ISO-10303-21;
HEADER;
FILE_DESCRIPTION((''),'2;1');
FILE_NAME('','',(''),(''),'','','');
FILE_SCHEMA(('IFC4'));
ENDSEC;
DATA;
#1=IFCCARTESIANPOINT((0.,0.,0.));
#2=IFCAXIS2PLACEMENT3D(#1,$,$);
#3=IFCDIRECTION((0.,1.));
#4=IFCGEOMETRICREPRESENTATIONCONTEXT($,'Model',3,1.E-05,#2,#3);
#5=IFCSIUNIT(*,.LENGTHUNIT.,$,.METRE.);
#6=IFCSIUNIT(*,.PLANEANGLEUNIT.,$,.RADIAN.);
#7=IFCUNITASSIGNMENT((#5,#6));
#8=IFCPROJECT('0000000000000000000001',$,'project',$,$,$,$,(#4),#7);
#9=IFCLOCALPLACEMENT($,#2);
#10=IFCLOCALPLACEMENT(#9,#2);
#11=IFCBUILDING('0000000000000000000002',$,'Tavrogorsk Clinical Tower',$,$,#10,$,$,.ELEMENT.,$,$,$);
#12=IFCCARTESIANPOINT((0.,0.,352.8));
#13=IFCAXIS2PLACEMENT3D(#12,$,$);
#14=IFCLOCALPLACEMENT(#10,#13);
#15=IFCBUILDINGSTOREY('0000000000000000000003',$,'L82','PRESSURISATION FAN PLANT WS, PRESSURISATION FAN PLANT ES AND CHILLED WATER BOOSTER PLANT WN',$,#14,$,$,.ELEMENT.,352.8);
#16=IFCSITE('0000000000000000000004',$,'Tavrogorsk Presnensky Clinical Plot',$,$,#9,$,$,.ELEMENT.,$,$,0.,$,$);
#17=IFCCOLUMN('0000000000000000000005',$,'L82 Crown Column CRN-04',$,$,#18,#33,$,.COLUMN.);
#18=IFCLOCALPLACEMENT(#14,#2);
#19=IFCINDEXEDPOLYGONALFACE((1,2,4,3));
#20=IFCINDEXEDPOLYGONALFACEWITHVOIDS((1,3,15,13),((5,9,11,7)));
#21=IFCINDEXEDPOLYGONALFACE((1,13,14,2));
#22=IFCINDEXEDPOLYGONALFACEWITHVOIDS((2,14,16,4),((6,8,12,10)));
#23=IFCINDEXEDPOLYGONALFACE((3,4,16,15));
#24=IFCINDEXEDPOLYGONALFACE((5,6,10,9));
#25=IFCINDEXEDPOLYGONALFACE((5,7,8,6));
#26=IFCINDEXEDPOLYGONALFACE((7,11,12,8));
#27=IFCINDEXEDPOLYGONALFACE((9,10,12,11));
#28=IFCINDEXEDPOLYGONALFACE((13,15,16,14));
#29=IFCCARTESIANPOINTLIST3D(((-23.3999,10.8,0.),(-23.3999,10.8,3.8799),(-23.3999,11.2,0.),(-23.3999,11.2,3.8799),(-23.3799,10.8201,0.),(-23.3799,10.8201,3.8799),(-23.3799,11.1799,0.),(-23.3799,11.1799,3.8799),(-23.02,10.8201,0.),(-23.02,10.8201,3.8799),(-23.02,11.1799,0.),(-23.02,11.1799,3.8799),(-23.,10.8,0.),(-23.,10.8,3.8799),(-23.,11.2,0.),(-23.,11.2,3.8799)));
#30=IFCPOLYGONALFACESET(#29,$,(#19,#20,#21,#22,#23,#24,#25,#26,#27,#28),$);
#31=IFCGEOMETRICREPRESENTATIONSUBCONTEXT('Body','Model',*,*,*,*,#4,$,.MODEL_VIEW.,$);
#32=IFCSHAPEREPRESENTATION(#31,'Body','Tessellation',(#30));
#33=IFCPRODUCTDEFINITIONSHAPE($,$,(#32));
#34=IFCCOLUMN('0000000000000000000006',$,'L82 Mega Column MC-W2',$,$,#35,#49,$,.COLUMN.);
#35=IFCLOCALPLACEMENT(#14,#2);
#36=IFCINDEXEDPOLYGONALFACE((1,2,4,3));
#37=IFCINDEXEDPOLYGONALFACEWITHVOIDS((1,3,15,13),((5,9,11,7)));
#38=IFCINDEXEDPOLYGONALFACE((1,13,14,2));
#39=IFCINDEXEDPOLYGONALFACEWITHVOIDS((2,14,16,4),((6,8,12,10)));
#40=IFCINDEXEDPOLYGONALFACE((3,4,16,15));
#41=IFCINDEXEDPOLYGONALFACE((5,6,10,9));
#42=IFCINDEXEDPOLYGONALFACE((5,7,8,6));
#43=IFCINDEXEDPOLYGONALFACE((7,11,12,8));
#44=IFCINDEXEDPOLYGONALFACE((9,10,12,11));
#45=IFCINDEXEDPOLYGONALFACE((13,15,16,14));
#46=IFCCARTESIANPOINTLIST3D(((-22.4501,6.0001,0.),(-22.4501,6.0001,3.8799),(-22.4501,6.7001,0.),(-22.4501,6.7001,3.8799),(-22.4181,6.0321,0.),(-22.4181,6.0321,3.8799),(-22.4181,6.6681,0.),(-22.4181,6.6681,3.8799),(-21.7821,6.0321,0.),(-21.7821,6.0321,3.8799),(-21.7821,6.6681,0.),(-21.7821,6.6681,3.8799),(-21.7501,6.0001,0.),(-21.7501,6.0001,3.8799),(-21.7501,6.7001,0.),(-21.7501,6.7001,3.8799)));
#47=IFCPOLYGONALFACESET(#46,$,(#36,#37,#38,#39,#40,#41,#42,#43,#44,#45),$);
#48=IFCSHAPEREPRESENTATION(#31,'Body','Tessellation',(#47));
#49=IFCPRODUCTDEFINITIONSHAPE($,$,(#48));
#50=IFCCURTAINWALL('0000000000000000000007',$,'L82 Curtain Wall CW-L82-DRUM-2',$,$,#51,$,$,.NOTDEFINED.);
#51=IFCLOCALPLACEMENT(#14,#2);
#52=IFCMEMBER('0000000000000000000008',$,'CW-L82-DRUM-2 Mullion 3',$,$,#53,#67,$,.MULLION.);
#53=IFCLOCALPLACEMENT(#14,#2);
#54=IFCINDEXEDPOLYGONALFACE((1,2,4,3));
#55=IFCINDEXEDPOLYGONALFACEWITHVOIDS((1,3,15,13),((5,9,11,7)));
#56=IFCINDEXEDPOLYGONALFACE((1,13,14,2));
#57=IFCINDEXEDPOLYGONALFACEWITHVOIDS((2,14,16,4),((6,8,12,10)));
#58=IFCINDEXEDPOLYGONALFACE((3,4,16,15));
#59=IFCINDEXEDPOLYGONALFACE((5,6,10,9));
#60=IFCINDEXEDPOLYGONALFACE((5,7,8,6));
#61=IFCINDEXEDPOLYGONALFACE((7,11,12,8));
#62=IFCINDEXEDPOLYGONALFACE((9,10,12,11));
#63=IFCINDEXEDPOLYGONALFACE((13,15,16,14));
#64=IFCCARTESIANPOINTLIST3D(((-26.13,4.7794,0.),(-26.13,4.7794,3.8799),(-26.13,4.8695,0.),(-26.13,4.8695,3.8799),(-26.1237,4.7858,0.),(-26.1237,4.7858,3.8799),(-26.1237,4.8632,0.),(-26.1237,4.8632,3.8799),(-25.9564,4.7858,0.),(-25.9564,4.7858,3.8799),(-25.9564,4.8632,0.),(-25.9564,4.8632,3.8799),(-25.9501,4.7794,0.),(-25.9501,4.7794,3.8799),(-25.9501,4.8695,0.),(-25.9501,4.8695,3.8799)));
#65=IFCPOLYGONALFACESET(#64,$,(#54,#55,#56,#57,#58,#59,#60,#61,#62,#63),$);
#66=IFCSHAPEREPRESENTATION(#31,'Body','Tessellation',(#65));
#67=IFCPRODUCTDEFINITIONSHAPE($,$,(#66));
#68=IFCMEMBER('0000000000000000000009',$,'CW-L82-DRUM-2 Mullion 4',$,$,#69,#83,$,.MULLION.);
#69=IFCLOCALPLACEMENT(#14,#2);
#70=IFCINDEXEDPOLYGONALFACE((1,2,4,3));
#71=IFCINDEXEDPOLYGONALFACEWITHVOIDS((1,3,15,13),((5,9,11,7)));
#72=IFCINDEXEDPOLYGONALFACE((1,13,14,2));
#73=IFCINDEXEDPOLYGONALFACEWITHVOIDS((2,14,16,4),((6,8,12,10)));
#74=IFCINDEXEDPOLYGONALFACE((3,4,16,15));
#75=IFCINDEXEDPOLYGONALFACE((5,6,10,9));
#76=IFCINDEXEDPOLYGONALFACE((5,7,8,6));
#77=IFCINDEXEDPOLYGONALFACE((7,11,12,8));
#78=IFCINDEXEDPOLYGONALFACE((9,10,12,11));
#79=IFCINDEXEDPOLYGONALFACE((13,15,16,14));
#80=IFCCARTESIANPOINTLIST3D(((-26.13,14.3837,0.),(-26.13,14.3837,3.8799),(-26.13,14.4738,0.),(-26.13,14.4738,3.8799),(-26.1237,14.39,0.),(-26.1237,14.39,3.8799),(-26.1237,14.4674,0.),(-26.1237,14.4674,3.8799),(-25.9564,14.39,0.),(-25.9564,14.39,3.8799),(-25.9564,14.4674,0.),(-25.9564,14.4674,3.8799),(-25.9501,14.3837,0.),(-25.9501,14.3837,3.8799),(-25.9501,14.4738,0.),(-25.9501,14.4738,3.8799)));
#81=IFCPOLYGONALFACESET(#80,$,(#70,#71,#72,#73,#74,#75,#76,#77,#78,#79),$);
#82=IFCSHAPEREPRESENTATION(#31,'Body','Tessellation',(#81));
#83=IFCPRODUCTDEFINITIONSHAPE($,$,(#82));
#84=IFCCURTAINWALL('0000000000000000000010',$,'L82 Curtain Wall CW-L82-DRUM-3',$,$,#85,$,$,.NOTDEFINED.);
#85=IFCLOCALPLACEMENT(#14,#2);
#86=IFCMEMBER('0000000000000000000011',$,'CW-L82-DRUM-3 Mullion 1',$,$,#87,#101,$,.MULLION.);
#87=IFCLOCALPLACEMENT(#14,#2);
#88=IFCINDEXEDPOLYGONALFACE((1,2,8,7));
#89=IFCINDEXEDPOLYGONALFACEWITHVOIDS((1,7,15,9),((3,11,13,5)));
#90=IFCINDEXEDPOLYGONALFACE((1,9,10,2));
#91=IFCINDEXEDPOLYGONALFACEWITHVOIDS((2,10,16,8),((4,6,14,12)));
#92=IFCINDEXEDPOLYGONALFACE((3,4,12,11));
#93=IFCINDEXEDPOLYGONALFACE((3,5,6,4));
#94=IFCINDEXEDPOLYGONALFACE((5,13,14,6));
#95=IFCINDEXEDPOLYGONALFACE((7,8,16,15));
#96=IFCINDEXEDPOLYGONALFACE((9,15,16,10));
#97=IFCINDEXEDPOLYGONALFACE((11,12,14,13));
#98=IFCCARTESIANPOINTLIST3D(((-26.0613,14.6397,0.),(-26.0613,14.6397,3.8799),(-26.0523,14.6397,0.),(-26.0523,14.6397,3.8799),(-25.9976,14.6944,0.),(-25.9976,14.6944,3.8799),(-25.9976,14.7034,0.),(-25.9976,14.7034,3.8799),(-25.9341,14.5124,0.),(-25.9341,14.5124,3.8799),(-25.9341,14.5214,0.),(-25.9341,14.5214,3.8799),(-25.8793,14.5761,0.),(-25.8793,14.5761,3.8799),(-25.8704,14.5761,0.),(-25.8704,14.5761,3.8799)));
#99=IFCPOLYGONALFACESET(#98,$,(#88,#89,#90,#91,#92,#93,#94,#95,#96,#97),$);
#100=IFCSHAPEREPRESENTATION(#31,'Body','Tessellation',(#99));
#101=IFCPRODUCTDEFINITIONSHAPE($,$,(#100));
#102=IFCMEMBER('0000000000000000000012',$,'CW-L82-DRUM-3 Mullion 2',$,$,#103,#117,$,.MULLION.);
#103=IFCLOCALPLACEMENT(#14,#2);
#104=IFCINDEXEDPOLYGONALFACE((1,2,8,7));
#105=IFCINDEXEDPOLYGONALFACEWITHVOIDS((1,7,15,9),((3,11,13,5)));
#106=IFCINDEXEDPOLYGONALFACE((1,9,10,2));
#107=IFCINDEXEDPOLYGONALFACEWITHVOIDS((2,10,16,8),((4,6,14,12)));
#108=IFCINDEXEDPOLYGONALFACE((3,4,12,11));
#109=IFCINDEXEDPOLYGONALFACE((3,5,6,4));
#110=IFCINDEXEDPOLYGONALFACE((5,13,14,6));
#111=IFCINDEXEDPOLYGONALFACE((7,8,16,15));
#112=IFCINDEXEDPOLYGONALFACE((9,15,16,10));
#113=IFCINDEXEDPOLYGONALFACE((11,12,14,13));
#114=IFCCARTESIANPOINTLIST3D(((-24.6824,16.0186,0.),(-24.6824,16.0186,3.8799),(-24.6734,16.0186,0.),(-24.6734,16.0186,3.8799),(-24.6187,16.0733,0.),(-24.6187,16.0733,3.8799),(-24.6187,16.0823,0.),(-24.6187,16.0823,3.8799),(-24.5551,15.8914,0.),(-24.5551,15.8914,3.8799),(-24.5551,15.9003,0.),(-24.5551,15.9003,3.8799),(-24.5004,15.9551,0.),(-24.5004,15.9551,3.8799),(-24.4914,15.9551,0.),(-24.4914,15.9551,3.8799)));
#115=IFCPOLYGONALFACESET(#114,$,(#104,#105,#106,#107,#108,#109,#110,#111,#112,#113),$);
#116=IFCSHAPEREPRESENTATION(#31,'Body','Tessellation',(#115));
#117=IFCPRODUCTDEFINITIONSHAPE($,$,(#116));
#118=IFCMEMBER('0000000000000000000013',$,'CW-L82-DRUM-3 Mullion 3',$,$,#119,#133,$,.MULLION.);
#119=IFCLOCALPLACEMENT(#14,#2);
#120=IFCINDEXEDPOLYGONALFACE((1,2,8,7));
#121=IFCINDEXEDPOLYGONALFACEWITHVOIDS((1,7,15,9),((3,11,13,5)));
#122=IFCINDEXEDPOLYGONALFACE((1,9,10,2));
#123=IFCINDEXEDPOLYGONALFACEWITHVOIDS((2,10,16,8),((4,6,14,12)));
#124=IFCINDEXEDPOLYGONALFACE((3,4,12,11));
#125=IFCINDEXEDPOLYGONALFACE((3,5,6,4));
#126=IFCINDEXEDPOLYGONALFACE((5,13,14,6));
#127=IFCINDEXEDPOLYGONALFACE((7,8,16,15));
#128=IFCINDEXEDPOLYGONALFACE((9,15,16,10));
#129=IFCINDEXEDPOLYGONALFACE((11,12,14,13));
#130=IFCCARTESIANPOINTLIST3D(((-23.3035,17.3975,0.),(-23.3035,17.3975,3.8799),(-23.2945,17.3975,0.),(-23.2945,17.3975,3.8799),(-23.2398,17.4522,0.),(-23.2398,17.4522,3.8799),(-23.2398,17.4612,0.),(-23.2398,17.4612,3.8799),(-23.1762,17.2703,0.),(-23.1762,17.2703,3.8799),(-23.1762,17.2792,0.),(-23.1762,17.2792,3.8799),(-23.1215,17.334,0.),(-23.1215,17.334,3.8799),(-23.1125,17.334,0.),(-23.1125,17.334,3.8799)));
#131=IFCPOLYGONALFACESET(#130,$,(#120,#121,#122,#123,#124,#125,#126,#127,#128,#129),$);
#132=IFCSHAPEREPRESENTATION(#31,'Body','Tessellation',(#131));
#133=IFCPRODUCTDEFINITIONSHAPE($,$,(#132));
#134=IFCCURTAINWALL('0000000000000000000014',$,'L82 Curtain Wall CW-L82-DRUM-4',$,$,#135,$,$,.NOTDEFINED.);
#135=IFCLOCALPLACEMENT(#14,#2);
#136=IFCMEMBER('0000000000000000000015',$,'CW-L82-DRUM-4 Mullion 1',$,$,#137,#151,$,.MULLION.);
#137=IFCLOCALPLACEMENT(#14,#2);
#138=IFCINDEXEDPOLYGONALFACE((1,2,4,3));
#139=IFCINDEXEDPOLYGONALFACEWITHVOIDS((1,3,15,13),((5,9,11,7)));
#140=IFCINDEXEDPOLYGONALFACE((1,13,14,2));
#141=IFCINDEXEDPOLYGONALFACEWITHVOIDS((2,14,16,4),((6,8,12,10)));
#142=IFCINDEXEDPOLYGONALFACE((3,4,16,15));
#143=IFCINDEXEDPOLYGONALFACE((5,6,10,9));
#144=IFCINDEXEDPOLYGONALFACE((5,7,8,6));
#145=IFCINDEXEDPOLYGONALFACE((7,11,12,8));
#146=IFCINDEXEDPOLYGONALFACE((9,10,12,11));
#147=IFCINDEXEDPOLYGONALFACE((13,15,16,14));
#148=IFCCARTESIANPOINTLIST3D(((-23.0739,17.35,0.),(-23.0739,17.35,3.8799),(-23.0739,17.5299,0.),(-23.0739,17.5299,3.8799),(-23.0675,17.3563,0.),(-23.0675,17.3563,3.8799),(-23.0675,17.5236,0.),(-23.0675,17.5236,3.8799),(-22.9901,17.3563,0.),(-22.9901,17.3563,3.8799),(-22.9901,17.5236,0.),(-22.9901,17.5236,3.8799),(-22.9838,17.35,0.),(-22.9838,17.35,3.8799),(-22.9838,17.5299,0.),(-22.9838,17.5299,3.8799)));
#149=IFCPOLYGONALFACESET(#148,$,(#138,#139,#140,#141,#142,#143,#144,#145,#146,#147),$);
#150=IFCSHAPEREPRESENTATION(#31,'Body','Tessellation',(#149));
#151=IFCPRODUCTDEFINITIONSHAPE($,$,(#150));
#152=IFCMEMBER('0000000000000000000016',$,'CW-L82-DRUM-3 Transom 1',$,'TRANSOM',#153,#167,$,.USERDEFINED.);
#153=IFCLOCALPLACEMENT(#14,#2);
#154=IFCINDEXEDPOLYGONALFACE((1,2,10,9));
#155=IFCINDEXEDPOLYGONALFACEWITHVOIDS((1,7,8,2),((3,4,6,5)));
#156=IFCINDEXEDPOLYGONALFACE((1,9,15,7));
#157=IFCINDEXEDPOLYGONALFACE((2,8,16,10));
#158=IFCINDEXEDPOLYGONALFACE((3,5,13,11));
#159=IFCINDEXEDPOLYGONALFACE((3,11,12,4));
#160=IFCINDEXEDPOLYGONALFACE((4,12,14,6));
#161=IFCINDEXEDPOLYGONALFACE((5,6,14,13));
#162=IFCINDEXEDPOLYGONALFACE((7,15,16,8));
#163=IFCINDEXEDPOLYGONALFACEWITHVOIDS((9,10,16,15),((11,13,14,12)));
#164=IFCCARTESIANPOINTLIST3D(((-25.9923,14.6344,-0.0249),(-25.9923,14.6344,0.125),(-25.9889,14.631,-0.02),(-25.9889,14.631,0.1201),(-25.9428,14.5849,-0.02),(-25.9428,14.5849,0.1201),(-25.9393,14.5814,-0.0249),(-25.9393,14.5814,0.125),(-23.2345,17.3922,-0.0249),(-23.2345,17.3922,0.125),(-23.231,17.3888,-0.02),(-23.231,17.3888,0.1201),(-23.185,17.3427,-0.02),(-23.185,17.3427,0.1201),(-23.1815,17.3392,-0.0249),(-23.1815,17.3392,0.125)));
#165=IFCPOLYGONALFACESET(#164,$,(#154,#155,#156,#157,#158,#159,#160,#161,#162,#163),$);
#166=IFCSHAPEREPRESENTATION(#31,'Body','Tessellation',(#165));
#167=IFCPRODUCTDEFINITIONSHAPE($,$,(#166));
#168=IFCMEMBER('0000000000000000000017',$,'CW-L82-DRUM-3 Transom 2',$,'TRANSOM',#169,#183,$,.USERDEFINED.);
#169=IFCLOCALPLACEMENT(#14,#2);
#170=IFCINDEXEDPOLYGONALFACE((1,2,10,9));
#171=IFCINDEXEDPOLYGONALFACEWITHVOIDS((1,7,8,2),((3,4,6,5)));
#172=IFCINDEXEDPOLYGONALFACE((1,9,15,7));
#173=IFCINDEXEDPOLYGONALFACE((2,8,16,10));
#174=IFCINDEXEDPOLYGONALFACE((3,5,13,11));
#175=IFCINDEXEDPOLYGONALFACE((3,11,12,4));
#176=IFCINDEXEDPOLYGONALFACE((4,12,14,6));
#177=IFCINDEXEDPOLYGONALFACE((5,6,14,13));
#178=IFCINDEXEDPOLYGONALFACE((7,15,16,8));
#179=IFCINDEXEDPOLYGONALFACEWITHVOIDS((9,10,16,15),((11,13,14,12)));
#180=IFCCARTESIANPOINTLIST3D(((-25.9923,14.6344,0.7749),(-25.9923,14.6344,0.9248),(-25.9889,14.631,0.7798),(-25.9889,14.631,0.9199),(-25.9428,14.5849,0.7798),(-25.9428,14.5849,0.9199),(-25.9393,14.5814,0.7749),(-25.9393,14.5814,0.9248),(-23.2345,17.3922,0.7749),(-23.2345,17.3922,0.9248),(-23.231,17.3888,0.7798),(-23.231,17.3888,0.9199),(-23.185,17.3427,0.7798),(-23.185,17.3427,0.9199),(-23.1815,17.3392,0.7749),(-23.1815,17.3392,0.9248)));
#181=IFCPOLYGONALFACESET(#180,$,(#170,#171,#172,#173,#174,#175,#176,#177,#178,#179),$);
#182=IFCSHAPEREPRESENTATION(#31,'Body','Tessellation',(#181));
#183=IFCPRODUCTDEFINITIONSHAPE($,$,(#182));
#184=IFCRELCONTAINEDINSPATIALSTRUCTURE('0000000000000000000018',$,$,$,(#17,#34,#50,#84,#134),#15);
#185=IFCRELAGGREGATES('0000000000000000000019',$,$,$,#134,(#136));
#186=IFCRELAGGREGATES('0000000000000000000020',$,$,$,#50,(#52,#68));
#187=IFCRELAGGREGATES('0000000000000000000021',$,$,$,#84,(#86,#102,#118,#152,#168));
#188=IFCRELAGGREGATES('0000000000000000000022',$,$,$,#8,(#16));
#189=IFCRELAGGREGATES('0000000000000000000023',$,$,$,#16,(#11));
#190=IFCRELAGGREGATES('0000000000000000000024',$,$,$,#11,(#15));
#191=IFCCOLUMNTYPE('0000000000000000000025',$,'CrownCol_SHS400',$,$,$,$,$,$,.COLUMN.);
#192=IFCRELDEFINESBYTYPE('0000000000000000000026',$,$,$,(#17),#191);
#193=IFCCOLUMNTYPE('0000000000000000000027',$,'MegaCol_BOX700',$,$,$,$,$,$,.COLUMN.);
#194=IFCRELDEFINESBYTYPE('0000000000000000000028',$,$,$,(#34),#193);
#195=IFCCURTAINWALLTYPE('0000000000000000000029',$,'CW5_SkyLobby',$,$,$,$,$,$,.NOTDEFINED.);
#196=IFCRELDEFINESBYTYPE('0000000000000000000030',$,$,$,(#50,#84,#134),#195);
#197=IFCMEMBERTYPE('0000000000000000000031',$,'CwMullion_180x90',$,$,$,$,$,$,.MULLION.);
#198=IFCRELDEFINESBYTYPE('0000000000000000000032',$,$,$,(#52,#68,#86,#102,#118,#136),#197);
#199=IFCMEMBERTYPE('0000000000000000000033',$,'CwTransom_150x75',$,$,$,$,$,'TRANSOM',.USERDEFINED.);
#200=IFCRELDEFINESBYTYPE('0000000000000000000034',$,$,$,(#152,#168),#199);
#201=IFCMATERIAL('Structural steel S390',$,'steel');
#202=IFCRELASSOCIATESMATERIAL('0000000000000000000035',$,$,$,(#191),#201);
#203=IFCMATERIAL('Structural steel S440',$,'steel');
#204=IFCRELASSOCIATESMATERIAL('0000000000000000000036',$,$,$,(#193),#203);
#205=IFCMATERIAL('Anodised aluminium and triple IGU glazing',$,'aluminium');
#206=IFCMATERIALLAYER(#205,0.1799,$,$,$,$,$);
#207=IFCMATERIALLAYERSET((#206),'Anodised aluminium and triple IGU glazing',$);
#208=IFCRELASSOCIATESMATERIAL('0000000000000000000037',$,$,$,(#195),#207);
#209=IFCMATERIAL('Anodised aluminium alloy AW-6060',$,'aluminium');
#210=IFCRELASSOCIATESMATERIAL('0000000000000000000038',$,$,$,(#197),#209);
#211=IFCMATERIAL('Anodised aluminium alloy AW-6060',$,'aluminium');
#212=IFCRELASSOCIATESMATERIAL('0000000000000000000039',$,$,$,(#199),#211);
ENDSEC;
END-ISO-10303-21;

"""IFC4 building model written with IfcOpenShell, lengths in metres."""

from ifc_helpers import new_model, si_unit, direction, frame, origin, origin_2d, place, context, subcontext, project, spatial, hollow_rectangle, extrude, material, layer, layer_set, material_profile, profile_set, type_object, element, aggregate, save


model = new_model("IFC4")

# Units and contexts
model_context = context("Model", 3, precision=1e-05, world=origin(), true_north=direction((0.0, 1.0)))
body_context = subcontext(model_context, "Body", "Model", "MODEL_VIEW")
ifc_project = project(units=[si_unit("LENGTHUNIT", "METRE"), si_unit("PLANEANGLEUNIT", "RADIAN")], contexts=[model_context])

# Site, building, storey
site_placement = place(None, origin())
site = spatial("IfcSite", under=ifc_project, at=site_placement, Name="Tavrogorsk Presnensky Clinical Plot", CompositionType="ELEMENT", RefElevation=0.0)
building_placement = place(site_placement, origin())
building = spatial("IfcBuilding", under=site, at=building_placement, Name="Tavrogorsk Clinical Tower", CompositionType="ELEMENT")
storey_placement = place(building_placement, frame((0.0, 0.0, 352.8)))
storey = spatial("IfcBuildingStorey", under=building, at=storey_placement, Name="L82", Description="PRESSURISATION FAN PLANT WS, PRESSURISATION FAN PLANT ES AND CHILLED WATER BOOSTER PLANT WN", CompositionType="ELEMENT", Elevation=352.8)

# Columns
ifc_material_1 = material(Name="Structural steel S390", Category="steel")
ifc_material_profile_1 = material_profile(ifc_material_1, hollow_rectangle(XDim=0.3999, YDim=0.3999, WallThickness=0.02, at=origin_2d()), Name="SHS-400x400x20")
ifc_profile_set_1 = profile_set([ifc_material_profile_1], Name="Structural steel S390")
column_type_1 = type_object("IfcColumnType", Name="CrownCol_SHS400", PredefinedType="COLUMN", material=ifc_profile_set_1)
column_1_placement = place(storey_placement, frame((-23.2, 11.0, 0.0), z_axis=(0.0, 0.0, 1.0), x_axis=(1.0, 0.0, 0.0)))
element("IfcColumn", 1, at=column_1_placement, inside=storey, type_object=column_type_1, Name="L82 Crown Column CRN-04", PredefinedType="COLUMN", context=body_context, shape_type="SweptSolid", body=[
    extrude(hollow_rectangle(XDim=0.3999, YDim=0.3999, WallThickness=0.02, at=origin_2d()), origin(), (0.0, 0.0, 1.0), 3.8799),
])
ifc_material_2 = material(Name="Structural steel S440", Category="steel")
ifc_material_profile_2 = material_profile(ifc_material_2, hollow_rectangle(XDim=0.7, YDim=0.7, WallThickness=0.032, at=origin_2d()), Name="BOX-700x700x32")
ifc_profile_set_2 = profile_set([ifc_material_profile_2], Name="Structural steel S440")
column_type_2 = type_object("IfcColumnType", Name="MegaCol_BOX700", PredefinedType="COLUMN", material=ifc_profile_set_2)
column_2_placement = place(storey_placement, frame((-22.1001, 6.3501, 0.0), z_axis=(0.0, 0.0, 1.0), x_axis=(1.0, 0.0, 0.0)))
element("IfcColumn", 2, at=column_2_placement, inside=storey, type_object=column_type_2, Name="L82 Mega Column MC-W2", PredefinedType="COLUMN", context=body_context, shape_type="SweptSolid", body=[
    extrude(hollow_rectangle(XDim=0.7, YDim=0.7, WallThickness=0.032, at=origin_2d()), origin(), (0.0, 0.0, 1.0), 3.8799),
])

# Curtain walls, members
ifc_material_3 = material(Name="Anodised aluminium and triple IGU glazing", Category="aluminium")
ifc_layer_1 = layer(ifc_material_3, 0.1799)
ifc_layer_set_1 = layer_set([ifc_layer_1], Name="Anodised aluminium and triple IGU glazing")
curtain_wall_type = type_object("IfcCurtainWallType", Name="CW5_SkyLobby", PredefinedType="NOTDEFINED", material=ifc_layer_set_1)
curtain_wall_1_placement = place(storey_placement, origin())
curtain_wall_1 = element("IfcCurtainWall", 3, at=curtain_wall_1_placement, inside=storey, type_object=curtain_wall_type, Name="L82 Curtain Wall CW-L82-DRUM-2", PredefinedType="NOTDEFINED")
ifc_material_4 = material(Name="Anodised aluminium alloy AW-6060", Category="aluminium")
ifc_material_profile_3 = material_profile(ifc_material_4, hollow_rectangle(XDim=0.0901, YDim=0.1799, WallThickness=0.0063, at=origin_2d()), Name="RHS-180x90x6.3")
ifc_profile_set_3 = profile_set([ifc_material_profile_3], Name="Anodised aluminium alloy AW-6060")
member_type_1 = type_object("IfcMemberType", Name="CwMullion_180x90", PredefinedType="MULLION", material=ifc_profile_set_3)
member_1_placement = place(storey_placement, frame((-26.04, 4.8245, 0.0), z_axis=(0.0, 0.0, 1.0), x_axis=(0.0, 1.0, 0.0)))
member_1 = element("IfcMember", 4, at=member_1_placement, type_object=member_type_1, Name="CW-L82-DRUM-2 Mullion 3", PredefinedType="MULLION", context=body_context, shape_type="SweptSolid", body=[
    extrude(hollow_rectangle(XDim=0.0901, YDim=0.1799, WallThickness=0.0063, at=origin_2d()), origin(), (0.0, 0.0, 1.0), 3.8799),
])
member_2_placement = place(storey_placement, frame((-26.04, 14.4287, 0.0), z_axis=(0.0, 0.0, 1.0), x_axis=(0.0, 1.0, 0.0)))
member_2 = element("IfcMember", 5, at=member_2_placement, type_object=member_type_1, Name="CW-L82-DRUM-2 Mullion 4", PredefinedType="MULLION", context=body_context, shape_type="SweptSolid", body=[
    extrude(hollow_rectangle(XDim=0.0901, YDim=0.1799, WallThickness=0.0063, at=origin_2d()), origin(), (0.0, 0.0, 1.0), 3.8799),
])
curtain_wall_2_placement = place(storey_placement, origin())
curtain_wall_2 = element("IfcCurtainWall", 6, at=curtain_wall_2_placement, inside=storey, type_object=curtain_wall_type, Name="L82 Curtain Wall CW-L82-DRUM-3", PredefinedType="NOTDEFINED")
member_3_placement = place(storey_placement, frame((-25.9658, 14.6079, 0.0), z_axis=(0.0, 0.0, 1.0), x_axis=(0.707107, 0.707107, 0.0)))
member_3 = element("IfcMember", 7, at=member_3_placement, type_object=member_type_1, Name="CW-L82-DRUM-3 Mullion 1", PredefinedType="MULLION", context=body_context, shape_type="SweptSolid", body=[
    extrude(hollow_rectangle(XDim=0.0901, YDim=0.1799, WallThickness=0.0063, at=origin_2d()), origin(), (0.0, 0.0, 1.0), 3.8799),
])
member_4_placement = place(storey_placement, frame((-24.5869, 15.9868, 0.0), z_axis=(0.0, 0.0, 1.0), x_axis=(0.707107, 0.707107, 0.0)))
member_4 = element("IfcMember", 8, at=member_4_placement, type_object=member_type_1, Name="CW-L82-DRUM-3 Mullion 2", PredefinedType="MULLION", context=body_context, shape_type="SweptSolid", body=[
    extrude(hollow_rectangle(XDim=0.0901, YDim=0.1799, WallThickness=0.0063, at=origin_2d()), origin(), (0.0, 0.0, 1.0), 3.8799),
])
member_5_placement = place(storey_placement, frame((-23.208, 17.3657, 0.0), z_axis=(0.0, 0.0, 1.0), x_axis=(0.707107, 0.707107, 0.0)))
member_5 = element("IfcMember", 9, at=member_5_placement, type_object=member_type_1, Name="CW-L82-DRUM-3 Mullion 3", PredefinedType="MULLION", context=body_context, shape_type="SweptSolid", body=[
    extrude(hollow_rectangle(XDim=0.0901, YDim=0.1799, WallThickness=0.0063, at=origin_2d()), origin(), (0.0, 0.0, 1.0), 3.8799),
])

# Curtain wall, member
curtain_wall_3_placement = place(storey_placement, origin())
curtain_wall_3 = element("IfcCurtainWall", 10, at=curtain_wall_3_placement, inside=storey, type_object=curtain_wall_type, Name="L82 Curtain Wall CW-L82-DRUM-4", PredefinedType="NOTDEFINED")
member_6_placement = place(storey_placement, frame((-23.0288, 17.4399, 0.0), z_axis=(0.0, 0.0, 1.0), x_axis=(1.0, 0.0, 0.0)))
member_6 = element("IfcMember", 11, at=member_6_placement, type_object=member_type_1, Name="CW-L82-DRUM-4 Mullion 1", PredefinedType="MULLION", context=body_context, shape_type="SweptSolid", body=[
    extrude(hollow_rectangle(XDim=0.0901, YDim=0.1799, WallThickness=0.0063, at=origin_2d()), origin(), (0.0, 0.0, 1.0), 3.8799),
])

# Members
ifc_material_5 = material(Name="Anodised aluminium alloy AW-6060", Category="aluminium")
ifc_material_profile_4 = material_profile(ifc_material_5, hollow_rectangle(XDim=0.075, YDim=0.1499, WallThickness=0.0049, at=origin_2d()), Name="RHS-150x75x5")
ifc_profile_set_4 = profile_set([ifc_material_profile_4], Name="Anodised aluminium alloy AW-6060")
member_type_2 = type_object("IfcMemberType", Name="CwTransom_150x75", ElementType="TRANSOM", PredefinedType="USERDEFINED", material=ifc_profile_set_4)
member_7_placement = place(storey_placement, frame((-25.9658, 14.6079, 0.05), z_axis=(0.707107, 0.707107, 0.0), x_axis=(-0.707107, 0.707107, 0.0)))
member_7 = element("IfcMember", 12, at=member_7_placement, type_object=member_type_2, Name="CW-L82-DRUM-3 Transom 1", ObjectType="TRANSOM", PredefinedType="USERDEFINED", context=body_context, shape_type="SweptSolid", body=[
    extrude(hollow_rectangle(XDim=0.075, YDim=0.1499, WallThickness=0.0049, at=origin_2d()), origin(), (0.0, 0.0, 1.0), 3.9001),
])
member_8_placement = place(storey_placement, frame((-25.9658, 14.6079, 0.8499), z_axis=(0.707107, 0.707107, 0.0), x_axis=(-0.707107, 0.707107, 0.0)))
member_8 = element("IfcMember", 13, at=member_8_placement, type_object=member_type_2, Name="CW-L82-DRUM-3 Transom 2", ObjectType="TRANSOM", PredefinedType="USERDEFINED", context=body_context, shape_type="SweptSolid", body=[
    extrude(hollow_rectangle(XDim=0.075, YDim=0.1499, WallThickness=0.0049, at=origin_2d()), origin(), (0.0, 0.0, 1.0), 3.9001),
])
aggregate(curtain_wall_3, [member_6])

aggregate(curtain_wall_1, [member_1, member_2])
aggregate(curtain_wall_2, [member_3, member_4, member_5, member_7, member_8])

save(model, "model.ifc")
